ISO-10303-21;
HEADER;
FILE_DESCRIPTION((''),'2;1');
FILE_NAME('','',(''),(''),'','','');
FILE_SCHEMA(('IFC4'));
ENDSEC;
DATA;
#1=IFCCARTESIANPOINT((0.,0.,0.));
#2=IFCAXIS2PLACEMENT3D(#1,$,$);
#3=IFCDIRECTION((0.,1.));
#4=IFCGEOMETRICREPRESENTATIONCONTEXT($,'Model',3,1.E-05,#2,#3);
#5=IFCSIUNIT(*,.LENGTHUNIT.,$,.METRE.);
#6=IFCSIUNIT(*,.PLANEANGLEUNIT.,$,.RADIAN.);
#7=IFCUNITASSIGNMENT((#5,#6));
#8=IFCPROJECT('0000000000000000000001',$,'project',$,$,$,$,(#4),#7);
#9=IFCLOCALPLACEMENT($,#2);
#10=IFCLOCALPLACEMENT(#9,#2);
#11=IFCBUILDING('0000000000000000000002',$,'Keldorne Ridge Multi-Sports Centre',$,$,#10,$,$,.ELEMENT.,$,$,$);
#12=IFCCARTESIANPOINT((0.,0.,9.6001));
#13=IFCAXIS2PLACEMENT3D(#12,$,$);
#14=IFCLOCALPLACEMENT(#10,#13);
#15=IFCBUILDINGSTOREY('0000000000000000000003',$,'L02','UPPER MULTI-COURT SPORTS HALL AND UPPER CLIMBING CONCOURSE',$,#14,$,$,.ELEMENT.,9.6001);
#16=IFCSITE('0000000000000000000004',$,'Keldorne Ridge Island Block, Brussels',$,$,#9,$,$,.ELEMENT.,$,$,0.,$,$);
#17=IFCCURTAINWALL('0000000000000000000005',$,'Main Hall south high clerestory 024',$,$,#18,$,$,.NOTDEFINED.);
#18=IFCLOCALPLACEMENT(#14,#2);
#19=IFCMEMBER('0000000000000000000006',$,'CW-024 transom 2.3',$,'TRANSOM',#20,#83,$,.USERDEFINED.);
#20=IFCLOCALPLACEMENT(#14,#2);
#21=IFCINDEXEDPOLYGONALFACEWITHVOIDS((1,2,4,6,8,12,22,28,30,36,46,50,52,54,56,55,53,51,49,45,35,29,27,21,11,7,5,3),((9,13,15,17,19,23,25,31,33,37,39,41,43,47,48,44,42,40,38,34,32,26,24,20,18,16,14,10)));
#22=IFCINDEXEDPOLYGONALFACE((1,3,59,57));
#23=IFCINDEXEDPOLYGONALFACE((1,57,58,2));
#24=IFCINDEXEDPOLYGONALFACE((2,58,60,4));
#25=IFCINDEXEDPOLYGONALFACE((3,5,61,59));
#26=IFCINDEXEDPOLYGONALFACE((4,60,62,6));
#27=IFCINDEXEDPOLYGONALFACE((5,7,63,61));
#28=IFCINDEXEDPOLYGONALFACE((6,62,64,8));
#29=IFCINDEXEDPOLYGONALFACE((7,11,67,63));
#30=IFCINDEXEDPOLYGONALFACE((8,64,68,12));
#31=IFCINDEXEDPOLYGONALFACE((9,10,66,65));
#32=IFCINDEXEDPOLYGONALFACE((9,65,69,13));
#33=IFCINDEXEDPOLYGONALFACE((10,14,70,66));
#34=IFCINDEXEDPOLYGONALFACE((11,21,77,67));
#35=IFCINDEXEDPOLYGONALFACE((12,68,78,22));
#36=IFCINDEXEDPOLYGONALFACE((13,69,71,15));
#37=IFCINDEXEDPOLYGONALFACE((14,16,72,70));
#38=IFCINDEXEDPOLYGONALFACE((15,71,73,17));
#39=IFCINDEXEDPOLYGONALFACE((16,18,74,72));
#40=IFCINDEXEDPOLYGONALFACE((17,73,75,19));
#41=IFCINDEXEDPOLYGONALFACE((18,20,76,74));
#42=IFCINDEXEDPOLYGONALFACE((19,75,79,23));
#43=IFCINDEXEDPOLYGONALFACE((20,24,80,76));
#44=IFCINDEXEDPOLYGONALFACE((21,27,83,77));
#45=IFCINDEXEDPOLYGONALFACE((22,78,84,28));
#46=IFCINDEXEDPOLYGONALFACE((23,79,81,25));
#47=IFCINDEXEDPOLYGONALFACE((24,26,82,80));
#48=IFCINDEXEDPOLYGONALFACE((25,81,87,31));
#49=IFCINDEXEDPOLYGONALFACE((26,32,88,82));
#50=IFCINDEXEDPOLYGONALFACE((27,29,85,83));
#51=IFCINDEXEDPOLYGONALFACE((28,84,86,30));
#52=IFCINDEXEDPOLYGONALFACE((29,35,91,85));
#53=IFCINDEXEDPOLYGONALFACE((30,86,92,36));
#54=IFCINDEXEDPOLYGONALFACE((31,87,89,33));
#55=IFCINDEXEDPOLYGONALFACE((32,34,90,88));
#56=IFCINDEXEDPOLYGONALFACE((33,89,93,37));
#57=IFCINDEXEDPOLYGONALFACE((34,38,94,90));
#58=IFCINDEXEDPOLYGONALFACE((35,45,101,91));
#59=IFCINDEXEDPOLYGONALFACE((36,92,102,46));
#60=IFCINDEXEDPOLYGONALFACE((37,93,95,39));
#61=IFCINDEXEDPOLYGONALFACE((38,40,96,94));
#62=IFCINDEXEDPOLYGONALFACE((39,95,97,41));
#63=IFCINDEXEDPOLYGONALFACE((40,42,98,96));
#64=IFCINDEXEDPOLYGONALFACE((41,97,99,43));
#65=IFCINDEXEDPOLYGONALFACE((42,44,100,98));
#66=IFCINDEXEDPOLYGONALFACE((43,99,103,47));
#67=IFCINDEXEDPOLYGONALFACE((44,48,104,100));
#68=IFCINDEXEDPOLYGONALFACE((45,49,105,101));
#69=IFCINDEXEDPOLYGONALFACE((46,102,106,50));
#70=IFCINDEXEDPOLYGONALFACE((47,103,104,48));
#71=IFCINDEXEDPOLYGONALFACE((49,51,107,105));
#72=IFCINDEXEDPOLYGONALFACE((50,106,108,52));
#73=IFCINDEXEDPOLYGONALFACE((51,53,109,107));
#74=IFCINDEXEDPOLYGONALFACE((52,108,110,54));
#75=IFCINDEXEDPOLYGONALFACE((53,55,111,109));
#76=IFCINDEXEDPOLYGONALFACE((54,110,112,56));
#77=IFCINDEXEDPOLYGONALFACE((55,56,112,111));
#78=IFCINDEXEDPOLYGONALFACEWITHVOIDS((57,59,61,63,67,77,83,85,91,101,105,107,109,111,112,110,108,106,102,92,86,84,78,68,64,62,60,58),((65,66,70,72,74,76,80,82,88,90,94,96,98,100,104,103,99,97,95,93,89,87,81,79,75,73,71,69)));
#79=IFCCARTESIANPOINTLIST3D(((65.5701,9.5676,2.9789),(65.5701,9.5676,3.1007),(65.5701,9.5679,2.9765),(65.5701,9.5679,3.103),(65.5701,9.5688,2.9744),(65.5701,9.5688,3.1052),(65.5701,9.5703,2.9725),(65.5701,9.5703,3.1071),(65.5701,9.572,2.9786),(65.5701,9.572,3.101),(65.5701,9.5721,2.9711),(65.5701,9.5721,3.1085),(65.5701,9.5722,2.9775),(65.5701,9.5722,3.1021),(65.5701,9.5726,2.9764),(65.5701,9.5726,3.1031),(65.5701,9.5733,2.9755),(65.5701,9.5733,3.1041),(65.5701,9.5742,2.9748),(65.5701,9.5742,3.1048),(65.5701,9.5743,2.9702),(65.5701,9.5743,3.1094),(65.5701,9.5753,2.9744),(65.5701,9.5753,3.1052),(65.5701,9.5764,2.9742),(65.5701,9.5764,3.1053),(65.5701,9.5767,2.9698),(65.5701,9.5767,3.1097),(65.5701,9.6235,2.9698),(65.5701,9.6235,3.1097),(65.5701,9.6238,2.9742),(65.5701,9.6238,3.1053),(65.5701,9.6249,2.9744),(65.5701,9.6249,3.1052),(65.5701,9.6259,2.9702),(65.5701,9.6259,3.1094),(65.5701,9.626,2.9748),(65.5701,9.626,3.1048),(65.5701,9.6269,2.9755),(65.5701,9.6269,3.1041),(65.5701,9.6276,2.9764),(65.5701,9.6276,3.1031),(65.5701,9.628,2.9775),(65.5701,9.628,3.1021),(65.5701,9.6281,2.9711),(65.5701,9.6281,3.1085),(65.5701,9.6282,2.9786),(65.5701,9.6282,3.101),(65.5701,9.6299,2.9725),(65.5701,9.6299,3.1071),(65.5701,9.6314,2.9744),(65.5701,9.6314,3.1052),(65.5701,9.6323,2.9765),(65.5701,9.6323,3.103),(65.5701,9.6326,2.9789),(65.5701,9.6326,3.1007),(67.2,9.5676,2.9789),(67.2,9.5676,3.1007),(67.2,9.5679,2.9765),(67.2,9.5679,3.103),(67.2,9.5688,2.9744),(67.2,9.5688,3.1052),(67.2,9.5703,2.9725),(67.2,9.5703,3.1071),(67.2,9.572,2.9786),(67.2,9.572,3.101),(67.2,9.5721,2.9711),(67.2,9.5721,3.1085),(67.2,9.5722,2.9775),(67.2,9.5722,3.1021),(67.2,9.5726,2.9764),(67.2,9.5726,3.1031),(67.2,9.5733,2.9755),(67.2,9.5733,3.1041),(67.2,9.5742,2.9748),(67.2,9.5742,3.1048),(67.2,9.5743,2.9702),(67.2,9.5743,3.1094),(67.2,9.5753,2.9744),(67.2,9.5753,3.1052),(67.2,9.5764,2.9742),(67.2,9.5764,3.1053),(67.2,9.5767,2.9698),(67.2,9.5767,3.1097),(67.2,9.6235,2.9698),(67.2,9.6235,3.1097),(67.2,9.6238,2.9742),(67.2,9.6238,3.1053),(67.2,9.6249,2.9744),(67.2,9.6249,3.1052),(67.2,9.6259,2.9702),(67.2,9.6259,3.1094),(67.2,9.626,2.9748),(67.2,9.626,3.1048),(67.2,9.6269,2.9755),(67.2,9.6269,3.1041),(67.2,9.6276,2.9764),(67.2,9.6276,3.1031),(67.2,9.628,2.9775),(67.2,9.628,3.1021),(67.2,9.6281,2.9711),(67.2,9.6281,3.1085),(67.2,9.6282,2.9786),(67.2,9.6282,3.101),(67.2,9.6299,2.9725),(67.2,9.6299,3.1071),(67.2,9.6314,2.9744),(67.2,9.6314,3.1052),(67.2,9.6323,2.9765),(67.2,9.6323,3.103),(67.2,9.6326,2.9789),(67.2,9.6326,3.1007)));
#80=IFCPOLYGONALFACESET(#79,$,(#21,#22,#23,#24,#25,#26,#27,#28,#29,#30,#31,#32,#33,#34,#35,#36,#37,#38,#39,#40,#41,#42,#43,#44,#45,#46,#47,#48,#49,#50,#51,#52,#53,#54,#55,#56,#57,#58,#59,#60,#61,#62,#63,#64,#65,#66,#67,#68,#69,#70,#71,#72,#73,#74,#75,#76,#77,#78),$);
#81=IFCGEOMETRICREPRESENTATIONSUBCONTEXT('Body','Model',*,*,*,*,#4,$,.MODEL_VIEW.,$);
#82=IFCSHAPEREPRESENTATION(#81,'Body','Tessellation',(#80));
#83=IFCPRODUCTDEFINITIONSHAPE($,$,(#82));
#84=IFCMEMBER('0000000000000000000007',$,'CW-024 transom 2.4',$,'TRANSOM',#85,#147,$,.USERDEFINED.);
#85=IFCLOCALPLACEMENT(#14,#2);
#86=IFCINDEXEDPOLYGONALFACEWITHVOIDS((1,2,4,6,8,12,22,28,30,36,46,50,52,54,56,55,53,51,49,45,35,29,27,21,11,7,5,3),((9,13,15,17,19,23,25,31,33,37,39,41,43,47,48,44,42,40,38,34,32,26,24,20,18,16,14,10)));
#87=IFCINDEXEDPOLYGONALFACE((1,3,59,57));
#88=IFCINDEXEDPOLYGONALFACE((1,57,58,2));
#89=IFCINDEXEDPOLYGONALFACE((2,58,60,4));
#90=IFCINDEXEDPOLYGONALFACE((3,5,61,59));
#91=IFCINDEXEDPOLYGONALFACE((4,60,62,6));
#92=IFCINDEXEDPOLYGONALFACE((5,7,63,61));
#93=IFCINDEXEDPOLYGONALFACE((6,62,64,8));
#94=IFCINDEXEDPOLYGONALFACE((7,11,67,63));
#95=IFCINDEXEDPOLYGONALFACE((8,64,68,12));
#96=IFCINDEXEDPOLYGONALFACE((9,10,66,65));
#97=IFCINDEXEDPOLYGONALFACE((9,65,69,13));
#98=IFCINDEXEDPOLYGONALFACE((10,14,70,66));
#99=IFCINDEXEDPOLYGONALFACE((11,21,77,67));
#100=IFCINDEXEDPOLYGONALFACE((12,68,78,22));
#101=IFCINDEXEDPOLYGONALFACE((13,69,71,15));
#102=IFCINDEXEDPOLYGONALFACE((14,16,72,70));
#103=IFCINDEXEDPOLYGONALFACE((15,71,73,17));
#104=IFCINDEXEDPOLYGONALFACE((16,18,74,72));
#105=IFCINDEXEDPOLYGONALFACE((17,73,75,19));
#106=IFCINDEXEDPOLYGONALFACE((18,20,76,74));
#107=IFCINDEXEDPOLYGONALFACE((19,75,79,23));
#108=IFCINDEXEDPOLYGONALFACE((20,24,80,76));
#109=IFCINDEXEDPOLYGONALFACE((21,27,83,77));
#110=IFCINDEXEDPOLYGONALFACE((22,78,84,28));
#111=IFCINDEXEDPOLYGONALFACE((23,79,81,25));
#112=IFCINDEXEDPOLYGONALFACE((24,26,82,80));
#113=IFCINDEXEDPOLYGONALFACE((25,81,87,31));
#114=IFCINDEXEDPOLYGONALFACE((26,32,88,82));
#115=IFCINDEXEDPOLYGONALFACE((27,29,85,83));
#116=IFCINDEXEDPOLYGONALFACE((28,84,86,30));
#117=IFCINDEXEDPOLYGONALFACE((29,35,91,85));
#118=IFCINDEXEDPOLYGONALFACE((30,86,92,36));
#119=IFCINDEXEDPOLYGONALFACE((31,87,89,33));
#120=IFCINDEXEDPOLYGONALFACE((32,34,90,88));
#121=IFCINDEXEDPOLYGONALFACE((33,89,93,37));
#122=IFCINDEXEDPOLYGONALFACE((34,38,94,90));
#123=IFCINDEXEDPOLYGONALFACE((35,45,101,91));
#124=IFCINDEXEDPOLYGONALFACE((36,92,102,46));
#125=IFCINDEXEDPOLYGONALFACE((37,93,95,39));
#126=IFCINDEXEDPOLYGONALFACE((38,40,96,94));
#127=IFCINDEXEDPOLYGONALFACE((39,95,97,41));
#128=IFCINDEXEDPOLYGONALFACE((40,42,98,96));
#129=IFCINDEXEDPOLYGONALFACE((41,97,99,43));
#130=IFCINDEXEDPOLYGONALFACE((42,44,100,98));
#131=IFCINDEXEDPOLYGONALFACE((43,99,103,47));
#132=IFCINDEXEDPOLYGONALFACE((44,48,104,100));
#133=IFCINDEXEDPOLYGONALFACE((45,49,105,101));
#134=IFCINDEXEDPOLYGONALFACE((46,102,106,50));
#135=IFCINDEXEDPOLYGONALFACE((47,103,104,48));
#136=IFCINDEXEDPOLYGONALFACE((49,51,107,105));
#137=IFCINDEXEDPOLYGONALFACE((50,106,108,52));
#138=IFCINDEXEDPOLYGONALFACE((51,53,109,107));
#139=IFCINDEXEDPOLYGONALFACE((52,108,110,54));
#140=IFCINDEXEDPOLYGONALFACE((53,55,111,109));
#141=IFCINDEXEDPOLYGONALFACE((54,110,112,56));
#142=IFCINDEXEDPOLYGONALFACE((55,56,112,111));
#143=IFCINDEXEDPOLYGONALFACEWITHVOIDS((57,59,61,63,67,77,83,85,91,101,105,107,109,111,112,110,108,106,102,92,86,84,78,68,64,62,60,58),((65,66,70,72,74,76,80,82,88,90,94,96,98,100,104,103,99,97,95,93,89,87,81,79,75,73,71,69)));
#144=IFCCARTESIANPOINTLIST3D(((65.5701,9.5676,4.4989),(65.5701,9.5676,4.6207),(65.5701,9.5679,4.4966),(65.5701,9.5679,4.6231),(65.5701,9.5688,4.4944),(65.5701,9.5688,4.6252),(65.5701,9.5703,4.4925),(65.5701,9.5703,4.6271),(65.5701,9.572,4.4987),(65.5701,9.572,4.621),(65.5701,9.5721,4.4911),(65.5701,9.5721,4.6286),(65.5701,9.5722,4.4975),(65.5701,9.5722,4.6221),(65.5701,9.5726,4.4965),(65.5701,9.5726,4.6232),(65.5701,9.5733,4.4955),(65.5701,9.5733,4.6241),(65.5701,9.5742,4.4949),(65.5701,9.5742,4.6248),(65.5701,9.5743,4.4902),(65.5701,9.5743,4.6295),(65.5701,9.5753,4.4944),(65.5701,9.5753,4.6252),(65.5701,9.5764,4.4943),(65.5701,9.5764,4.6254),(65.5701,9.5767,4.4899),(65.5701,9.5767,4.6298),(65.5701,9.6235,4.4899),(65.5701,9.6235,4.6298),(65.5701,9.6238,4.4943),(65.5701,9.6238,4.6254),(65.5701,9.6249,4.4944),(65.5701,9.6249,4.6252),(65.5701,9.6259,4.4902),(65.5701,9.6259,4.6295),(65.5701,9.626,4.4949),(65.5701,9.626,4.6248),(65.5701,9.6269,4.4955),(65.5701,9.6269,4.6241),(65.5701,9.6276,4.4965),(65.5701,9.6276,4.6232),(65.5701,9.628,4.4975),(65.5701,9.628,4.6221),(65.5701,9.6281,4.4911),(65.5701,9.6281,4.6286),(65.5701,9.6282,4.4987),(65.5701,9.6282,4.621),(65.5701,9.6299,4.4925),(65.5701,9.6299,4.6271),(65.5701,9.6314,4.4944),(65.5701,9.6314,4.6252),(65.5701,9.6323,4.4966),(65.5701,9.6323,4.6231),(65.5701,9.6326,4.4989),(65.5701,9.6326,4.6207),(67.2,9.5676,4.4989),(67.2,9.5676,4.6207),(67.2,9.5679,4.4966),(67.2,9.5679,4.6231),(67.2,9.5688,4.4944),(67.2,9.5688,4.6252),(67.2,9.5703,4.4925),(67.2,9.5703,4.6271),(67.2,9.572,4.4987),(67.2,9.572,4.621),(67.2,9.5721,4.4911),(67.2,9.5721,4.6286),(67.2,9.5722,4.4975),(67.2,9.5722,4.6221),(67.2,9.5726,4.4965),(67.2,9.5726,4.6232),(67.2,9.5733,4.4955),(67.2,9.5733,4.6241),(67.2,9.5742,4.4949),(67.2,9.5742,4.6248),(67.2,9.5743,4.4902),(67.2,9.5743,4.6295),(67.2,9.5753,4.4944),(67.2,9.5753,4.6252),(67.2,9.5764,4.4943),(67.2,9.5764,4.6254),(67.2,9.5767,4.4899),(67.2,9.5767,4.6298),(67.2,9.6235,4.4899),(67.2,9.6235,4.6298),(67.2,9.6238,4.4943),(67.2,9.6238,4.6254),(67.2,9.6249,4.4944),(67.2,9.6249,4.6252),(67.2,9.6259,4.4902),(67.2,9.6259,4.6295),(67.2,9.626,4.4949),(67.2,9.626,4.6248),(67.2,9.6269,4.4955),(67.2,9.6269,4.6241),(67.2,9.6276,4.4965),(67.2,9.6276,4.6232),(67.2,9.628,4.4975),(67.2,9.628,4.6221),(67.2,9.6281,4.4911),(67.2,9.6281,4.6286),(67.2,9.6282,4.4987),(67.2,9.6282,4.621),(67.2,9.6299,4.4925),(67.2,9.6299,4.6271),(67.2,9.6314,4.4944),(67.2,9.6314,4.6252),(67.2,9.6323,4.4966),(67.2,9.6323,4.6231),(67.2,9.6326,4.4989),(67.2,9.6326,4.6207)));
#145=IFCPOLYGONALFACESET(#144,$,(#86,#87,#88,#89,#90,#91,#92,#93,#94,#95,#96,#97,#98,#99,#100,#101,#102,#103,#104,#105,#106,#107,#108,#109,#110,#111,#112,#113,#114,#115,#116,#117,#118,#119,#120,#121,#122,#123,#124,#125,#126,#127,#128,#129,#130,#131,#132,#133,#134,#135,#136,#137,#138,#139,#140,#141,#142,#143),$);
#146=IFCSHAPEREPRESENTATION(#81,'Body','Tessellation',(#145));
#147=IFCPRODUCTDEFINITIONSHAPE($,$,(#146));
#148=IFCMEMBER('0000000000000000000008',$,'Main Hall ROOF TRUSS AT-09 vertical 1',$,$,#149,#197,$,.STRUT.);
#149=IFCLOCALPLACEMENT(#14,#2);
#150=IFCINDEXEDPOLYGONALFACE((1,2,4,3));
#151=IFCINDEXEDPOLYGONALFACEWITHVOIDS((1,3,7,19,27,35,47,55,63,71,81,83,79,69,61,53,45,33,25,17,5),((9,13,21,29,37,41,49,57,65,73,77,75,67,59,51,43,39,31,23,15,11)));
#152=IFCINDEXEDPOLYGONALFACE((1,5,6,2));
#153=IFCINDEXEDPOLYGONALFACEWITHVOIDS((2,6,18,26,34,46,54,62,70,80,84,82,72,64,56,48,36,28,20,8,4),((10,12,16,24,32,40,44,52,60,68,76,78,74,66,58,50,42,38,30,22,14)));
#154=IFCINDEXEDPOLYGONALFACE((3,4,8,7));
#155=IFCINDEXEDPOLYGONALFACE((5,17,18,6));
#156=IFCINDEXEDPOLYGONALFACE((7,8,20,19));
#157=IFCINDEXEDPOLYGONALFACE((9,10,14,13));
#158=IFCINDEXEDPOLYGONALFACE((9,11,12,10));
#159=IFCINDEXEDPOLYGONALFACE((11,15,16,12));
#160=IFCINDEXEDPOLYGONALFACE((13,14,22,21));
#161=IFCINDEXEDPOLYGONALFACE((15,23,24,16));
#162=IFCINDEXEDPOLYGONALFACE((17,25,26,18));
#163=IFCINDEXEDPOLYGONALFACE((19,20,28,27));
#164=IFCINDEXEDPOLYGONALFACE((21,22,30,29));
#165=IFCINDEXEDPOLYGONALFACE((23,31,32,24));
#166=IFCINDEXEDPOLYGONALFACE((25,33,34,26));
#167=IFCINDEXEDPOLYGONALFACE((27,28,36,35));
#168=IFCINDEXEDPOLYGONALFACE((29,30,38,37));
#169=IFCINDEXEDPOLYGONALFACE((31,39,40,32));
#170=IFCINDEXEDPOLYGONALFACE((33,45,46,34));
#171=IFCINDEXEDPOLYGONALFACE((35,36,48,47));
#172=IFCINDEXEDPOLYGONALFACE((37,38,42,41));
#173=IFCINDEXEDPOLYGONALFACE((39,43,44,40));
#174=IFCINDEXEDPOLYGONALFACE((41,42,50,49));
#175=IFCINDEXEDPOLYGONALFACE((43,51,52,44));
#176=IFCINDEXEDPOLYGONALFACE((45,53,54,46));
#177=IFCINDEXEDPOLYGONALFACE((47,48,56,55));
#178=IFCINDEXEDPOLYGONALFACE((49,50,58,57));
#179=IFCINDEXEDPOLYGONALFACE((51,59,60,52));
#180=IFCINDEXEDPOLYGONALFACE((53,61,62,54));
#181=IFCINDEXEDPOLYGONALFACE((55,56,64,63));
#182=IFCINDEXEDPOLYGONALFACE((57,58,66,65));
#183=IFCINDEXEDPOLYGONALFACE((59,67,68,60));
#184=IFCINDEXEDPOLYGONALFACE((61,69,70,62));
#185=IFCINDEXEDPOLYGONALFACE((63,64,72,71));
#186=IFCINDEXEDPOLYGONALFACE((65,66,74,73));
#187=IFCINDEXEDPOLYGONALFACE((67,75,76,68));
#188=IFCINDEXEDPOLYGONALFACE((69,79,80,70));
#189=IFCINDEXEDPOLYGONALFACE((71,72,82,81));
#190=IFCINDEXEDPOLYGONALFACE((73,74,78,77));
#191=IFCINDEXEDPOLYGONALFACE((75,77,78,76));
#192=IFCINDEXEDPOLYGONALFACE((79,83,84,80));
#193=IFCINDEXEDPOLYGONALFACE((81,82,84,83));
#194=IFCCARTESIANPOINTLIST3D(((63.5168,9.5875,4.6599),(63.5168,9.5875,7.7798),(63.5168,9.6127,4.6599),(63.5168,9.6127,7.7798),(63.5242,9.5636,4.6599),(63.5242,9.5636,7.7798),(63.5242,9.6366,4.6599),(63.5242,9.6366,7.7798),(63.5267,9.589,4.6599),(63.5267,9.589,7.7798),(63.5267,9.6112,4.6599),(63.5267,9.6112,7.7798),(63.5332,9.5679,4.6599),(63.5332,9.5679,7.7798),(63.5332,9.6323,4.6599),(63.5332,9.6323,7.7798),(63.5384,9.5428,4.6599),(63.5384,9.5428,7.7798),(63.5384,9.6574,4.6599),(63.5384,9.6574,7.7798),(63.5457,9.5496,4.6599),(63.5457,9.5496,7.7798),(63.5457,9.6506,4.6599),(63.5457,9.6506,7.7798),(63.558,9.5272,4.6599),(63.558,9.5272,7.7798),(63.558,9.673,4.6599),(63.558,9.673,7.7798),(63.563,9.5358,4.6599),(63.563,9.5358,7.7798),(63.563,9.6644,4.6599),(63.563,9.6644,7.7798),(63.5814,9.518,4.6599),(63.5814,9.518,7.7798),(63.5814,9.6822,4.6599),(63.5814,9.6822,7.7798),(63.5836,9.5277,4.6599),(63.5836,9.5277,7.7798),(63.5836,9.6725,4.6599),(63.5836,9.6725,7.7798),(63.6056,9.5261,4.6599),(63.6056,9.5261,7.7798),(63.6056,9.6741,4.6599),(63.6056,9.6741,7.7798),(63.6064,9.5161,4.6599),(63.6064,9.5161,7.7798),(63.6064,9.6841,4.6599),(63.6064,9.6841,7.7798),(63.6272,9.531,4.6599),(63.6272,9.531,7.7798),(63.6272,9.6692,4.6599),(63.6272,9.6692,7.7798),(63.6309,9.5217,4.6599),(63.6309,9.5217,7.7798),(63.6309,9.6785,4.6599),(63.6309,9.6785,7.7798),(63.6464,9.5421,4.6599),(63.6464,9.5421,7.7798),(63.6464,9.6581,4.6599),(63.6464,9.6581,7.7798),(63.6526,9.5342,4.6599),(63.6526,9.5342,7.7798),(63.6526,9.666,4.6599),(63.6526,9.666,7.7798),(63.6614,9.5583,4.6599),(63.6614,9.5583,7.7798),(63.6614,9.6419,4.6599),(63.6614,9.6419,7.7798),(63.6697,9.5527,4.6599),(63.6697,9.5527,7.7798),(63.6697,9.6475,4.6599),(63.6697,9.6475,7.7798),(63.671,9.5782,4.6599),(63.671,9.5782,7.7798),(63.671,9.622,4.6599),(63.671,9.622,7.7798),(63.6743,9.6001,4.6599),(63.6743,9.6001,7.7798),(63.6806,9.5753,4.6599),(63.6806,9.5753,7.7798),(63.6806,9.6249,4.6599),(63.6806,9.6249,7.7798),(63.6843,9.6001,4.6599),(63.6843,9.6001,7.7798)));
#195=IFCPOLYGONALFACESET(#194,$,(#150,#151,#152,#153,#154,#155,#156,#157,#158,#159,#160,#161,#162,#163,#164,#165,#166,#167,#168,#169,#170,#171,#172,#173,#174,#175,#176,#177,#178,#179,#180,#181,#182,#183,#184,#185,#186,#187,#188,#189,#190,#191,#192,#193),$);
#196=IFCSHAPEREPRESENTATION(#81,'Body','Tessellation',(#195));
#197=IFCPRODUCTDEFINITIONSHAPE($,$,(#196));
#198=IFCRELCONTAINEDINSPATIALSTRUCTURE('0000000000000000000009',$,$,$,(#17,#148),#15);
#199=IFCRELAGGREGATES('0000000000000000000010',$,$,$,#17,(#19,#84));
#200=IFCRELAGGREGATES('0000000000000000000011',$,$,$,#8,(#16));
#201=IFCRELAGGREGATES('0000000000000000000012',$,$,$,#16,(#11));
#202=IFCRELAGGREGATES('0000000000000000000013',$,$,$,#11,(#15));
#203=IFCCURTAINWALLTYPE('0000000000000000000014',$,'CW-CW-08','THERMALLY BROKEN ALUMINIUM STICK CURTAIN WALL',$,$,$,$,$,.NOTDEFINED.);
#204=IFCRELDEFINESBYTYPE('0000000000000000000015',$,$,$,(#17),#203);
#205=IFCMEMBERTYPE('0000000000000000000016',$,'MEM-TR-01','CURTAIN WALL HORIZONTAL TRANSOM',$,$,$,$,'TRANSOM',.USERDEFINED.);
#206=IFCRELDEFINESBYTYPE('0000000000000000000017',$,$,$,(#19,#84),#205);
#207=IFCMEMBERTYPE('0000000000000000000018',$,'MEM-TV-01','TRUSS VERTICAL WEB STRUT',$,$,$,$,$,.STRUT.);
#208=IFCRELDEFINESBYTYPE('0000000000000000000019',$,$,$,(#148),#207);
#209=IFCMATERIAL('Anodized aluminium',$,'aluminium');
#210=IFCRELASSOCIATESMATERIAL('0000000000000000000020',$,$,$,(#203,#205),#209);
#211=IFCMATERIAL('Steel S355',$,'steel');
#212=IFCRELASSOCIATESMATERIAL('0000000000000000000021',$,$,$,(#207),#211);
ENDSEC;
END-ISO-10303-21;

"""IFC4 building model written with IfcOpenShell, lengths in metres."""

from ifc_helpers import new_model, si_unit, direction, frame, origin, origin_2d, place, context, subcontext, project, spatial, hollow_rectangle, hollow_circle, extrude, material, material_profile, profile_set, type_object, element, aggregate, save


model = new_model("IFC4")

# Units and contexts
model_context = context("Model", 3, precision=1e-05, world=origin(), true_north=direction((0.0, 1.0)))
body_context = subcontext(model_context, "Body", "Model", "MODEL_VIEW")
ifc_project = project(units=[si_unit("LENGTHUNIT", "METRE"), si_unit("PLANEANGLEUNIT", "RADIAN")], contexts=[model_context])

# Site, building, storey
site_placement = place(None, origin())
site = spatial("IfcSite", under=ifc_project, at=site_placement, Name="Keldorne Ridge Island Block, Brussels", CompositionType="ELEMENT", RefElevation=0.0)
building_placement = place(site_placement, origin())
building = spatial("IfcBuilding", under=site, at=building_placement, Name="Keldorne Ridge Multi-Sports Centre", CompositionType="ELEMENT")
storey_placement = place(building_placement, frame((0.0, 0.0, 9.6001)))
storey = spatial("IfcBuildingStorey", under=building, at=storey_placement, Name="L02", Description="UPPER MULTI-COURT SPORTS HALL AND UPPER CLIMBING CONCOURSE", CompositionType="ELEMENT", Elevation=9.6001)

# Shared definitions
ifc_material_1 = material(Name="Steel S355", Category="steel")

# Shared definitions
ifc_material_2 = material(Name="Anodized aluminium", Category="aluminium")

# Curtain wall
curtain_wall_type_1 = type_object("IfcCurtainWallType", Name="CW-CW-08", Description="THERMALLY BROKEN ALUMINIUM STICK CURTAIN WALL", PredefinedType="NOTDEFINED", material=ifc_material_2)
curtain_wall_1_placement = place(storey_placement, origin())
curtain_wall_1 = element("IfcCurtainWall", 1, at=curtain_wall_1_placement, inside=storey, type_object=curtain_wall_type_1, Name="Main Hall south high clerestory 024", PredefinedType="NOTDEFINED")

# Members
ifc_material_profile_1 = material_profile(ifc_material_2, hollow_rectangle(XDim=0.0649, YDim=0.1399, WallThickness=0.0044, InnerFilletRadius=0.0044, OuterFilletRadius=0.009, at=origin_2d()), Name="ALU TRANSOM 140x65x4.5")
ifc_profile_set_1 = profile_set([ifc_material_profile_1], Name="Anodized aluminium")
member_type_1 = type_object("IfcMemberType", Name="MEM-TR-01", Description="CURTAIN WALL HORIZONTAL TRANSOM", ElementType="TRANSOM", PredefinedType="USERDEFINED", material=ifc_profile_set_1)
member_1_placement = place(storey_placement, frame((65.5701, 9.6001, 3.0398), z_axis=(1.0, 0.0, 0.0), x_axis=(0.0, 1.0, 0.0)))
member_1 = element("IfcMember", 2, at=member_1_placement, type_object=member_type_1, Name="CW-024 transom 2.3", ObjectType="TRANSOM", PredefinedType="USERDEFINED", context=body_context, shape_type="SweptSolid", body=[
    extrude(hollow_rectangle(XDim=0.0649, YDim=0.1399, WallThickness=0.0044, InnerFilletRadius=0.0044, OuterFilletRadius=0.009, at=origin_2d()), origin(), (0.0, 0.0, 1.0), 1.6299),
])
member_2_placement = place(storey_placement, frame((65.5701, 9.6001, 4.5598), z_axis=(1.0, 0.0, 0.0), x_axis=(0.0, 1.0, 0.0)))
member_2 = element("IfcMember", 3, at=member_2_placement, type_object=member_type_1, Name="CW-024 transom 2.4", ObjectType="TRANSOM", PredefinedType="USERDEFINED", context=body_context, shape_type="SweptSolid", body=[
    extrude(hollow_rectangle(XDim=0.0649, YDim=0.1399, WallThickness=0.0044, InnerFilletRadius=0.0044, OuterFilletRadius=0.009, at=origin_2d()), origin(), (0.0, 0.0, 1.0), 1.6299),
])
ifc_material_profile_2 = material_profile(ifc_material_1, hollow_circle(Radius=0.0842, WallThickness=0.01, at=origin_2d()), Name="CHS 168.3x10")
ifc_profile_set_2 = profile_set([ifc_material_profile_2], Name="Steel S355")
member_type_2 = type_object("IfcMemberType", Name="MEM-TV-01", Description="TRUSS VERTICAL WEB STRUT", PredefinedType="STRUT", material=ifc_profile_set_2)
member_3_placement = place(storey_placement, frame((63.6001, 9.6001, 4.6599), z_axis=(0.0, 0.0, 1.0), x_axis=(1.0, 0.0, 0.0)))
element("IfcMember", 4, at=member_3_placement, inside=storey, type_object=member_type_2, Name="Main Hall ROOF TRUSS AT-09 vertical 1", PredefinedType="STRUT", context=body_context, shape_type="SweptSolid", body=[
    extrude(hollow_circle(Radius=0.0842, WallThickness=0.01, at=origin_2d()), origin(), (0.0, 0.0, 1.0), 3.1199),
])

aggregate(curtain_wall_1, [member_1, member_2])

save(model, "model.ifc")
